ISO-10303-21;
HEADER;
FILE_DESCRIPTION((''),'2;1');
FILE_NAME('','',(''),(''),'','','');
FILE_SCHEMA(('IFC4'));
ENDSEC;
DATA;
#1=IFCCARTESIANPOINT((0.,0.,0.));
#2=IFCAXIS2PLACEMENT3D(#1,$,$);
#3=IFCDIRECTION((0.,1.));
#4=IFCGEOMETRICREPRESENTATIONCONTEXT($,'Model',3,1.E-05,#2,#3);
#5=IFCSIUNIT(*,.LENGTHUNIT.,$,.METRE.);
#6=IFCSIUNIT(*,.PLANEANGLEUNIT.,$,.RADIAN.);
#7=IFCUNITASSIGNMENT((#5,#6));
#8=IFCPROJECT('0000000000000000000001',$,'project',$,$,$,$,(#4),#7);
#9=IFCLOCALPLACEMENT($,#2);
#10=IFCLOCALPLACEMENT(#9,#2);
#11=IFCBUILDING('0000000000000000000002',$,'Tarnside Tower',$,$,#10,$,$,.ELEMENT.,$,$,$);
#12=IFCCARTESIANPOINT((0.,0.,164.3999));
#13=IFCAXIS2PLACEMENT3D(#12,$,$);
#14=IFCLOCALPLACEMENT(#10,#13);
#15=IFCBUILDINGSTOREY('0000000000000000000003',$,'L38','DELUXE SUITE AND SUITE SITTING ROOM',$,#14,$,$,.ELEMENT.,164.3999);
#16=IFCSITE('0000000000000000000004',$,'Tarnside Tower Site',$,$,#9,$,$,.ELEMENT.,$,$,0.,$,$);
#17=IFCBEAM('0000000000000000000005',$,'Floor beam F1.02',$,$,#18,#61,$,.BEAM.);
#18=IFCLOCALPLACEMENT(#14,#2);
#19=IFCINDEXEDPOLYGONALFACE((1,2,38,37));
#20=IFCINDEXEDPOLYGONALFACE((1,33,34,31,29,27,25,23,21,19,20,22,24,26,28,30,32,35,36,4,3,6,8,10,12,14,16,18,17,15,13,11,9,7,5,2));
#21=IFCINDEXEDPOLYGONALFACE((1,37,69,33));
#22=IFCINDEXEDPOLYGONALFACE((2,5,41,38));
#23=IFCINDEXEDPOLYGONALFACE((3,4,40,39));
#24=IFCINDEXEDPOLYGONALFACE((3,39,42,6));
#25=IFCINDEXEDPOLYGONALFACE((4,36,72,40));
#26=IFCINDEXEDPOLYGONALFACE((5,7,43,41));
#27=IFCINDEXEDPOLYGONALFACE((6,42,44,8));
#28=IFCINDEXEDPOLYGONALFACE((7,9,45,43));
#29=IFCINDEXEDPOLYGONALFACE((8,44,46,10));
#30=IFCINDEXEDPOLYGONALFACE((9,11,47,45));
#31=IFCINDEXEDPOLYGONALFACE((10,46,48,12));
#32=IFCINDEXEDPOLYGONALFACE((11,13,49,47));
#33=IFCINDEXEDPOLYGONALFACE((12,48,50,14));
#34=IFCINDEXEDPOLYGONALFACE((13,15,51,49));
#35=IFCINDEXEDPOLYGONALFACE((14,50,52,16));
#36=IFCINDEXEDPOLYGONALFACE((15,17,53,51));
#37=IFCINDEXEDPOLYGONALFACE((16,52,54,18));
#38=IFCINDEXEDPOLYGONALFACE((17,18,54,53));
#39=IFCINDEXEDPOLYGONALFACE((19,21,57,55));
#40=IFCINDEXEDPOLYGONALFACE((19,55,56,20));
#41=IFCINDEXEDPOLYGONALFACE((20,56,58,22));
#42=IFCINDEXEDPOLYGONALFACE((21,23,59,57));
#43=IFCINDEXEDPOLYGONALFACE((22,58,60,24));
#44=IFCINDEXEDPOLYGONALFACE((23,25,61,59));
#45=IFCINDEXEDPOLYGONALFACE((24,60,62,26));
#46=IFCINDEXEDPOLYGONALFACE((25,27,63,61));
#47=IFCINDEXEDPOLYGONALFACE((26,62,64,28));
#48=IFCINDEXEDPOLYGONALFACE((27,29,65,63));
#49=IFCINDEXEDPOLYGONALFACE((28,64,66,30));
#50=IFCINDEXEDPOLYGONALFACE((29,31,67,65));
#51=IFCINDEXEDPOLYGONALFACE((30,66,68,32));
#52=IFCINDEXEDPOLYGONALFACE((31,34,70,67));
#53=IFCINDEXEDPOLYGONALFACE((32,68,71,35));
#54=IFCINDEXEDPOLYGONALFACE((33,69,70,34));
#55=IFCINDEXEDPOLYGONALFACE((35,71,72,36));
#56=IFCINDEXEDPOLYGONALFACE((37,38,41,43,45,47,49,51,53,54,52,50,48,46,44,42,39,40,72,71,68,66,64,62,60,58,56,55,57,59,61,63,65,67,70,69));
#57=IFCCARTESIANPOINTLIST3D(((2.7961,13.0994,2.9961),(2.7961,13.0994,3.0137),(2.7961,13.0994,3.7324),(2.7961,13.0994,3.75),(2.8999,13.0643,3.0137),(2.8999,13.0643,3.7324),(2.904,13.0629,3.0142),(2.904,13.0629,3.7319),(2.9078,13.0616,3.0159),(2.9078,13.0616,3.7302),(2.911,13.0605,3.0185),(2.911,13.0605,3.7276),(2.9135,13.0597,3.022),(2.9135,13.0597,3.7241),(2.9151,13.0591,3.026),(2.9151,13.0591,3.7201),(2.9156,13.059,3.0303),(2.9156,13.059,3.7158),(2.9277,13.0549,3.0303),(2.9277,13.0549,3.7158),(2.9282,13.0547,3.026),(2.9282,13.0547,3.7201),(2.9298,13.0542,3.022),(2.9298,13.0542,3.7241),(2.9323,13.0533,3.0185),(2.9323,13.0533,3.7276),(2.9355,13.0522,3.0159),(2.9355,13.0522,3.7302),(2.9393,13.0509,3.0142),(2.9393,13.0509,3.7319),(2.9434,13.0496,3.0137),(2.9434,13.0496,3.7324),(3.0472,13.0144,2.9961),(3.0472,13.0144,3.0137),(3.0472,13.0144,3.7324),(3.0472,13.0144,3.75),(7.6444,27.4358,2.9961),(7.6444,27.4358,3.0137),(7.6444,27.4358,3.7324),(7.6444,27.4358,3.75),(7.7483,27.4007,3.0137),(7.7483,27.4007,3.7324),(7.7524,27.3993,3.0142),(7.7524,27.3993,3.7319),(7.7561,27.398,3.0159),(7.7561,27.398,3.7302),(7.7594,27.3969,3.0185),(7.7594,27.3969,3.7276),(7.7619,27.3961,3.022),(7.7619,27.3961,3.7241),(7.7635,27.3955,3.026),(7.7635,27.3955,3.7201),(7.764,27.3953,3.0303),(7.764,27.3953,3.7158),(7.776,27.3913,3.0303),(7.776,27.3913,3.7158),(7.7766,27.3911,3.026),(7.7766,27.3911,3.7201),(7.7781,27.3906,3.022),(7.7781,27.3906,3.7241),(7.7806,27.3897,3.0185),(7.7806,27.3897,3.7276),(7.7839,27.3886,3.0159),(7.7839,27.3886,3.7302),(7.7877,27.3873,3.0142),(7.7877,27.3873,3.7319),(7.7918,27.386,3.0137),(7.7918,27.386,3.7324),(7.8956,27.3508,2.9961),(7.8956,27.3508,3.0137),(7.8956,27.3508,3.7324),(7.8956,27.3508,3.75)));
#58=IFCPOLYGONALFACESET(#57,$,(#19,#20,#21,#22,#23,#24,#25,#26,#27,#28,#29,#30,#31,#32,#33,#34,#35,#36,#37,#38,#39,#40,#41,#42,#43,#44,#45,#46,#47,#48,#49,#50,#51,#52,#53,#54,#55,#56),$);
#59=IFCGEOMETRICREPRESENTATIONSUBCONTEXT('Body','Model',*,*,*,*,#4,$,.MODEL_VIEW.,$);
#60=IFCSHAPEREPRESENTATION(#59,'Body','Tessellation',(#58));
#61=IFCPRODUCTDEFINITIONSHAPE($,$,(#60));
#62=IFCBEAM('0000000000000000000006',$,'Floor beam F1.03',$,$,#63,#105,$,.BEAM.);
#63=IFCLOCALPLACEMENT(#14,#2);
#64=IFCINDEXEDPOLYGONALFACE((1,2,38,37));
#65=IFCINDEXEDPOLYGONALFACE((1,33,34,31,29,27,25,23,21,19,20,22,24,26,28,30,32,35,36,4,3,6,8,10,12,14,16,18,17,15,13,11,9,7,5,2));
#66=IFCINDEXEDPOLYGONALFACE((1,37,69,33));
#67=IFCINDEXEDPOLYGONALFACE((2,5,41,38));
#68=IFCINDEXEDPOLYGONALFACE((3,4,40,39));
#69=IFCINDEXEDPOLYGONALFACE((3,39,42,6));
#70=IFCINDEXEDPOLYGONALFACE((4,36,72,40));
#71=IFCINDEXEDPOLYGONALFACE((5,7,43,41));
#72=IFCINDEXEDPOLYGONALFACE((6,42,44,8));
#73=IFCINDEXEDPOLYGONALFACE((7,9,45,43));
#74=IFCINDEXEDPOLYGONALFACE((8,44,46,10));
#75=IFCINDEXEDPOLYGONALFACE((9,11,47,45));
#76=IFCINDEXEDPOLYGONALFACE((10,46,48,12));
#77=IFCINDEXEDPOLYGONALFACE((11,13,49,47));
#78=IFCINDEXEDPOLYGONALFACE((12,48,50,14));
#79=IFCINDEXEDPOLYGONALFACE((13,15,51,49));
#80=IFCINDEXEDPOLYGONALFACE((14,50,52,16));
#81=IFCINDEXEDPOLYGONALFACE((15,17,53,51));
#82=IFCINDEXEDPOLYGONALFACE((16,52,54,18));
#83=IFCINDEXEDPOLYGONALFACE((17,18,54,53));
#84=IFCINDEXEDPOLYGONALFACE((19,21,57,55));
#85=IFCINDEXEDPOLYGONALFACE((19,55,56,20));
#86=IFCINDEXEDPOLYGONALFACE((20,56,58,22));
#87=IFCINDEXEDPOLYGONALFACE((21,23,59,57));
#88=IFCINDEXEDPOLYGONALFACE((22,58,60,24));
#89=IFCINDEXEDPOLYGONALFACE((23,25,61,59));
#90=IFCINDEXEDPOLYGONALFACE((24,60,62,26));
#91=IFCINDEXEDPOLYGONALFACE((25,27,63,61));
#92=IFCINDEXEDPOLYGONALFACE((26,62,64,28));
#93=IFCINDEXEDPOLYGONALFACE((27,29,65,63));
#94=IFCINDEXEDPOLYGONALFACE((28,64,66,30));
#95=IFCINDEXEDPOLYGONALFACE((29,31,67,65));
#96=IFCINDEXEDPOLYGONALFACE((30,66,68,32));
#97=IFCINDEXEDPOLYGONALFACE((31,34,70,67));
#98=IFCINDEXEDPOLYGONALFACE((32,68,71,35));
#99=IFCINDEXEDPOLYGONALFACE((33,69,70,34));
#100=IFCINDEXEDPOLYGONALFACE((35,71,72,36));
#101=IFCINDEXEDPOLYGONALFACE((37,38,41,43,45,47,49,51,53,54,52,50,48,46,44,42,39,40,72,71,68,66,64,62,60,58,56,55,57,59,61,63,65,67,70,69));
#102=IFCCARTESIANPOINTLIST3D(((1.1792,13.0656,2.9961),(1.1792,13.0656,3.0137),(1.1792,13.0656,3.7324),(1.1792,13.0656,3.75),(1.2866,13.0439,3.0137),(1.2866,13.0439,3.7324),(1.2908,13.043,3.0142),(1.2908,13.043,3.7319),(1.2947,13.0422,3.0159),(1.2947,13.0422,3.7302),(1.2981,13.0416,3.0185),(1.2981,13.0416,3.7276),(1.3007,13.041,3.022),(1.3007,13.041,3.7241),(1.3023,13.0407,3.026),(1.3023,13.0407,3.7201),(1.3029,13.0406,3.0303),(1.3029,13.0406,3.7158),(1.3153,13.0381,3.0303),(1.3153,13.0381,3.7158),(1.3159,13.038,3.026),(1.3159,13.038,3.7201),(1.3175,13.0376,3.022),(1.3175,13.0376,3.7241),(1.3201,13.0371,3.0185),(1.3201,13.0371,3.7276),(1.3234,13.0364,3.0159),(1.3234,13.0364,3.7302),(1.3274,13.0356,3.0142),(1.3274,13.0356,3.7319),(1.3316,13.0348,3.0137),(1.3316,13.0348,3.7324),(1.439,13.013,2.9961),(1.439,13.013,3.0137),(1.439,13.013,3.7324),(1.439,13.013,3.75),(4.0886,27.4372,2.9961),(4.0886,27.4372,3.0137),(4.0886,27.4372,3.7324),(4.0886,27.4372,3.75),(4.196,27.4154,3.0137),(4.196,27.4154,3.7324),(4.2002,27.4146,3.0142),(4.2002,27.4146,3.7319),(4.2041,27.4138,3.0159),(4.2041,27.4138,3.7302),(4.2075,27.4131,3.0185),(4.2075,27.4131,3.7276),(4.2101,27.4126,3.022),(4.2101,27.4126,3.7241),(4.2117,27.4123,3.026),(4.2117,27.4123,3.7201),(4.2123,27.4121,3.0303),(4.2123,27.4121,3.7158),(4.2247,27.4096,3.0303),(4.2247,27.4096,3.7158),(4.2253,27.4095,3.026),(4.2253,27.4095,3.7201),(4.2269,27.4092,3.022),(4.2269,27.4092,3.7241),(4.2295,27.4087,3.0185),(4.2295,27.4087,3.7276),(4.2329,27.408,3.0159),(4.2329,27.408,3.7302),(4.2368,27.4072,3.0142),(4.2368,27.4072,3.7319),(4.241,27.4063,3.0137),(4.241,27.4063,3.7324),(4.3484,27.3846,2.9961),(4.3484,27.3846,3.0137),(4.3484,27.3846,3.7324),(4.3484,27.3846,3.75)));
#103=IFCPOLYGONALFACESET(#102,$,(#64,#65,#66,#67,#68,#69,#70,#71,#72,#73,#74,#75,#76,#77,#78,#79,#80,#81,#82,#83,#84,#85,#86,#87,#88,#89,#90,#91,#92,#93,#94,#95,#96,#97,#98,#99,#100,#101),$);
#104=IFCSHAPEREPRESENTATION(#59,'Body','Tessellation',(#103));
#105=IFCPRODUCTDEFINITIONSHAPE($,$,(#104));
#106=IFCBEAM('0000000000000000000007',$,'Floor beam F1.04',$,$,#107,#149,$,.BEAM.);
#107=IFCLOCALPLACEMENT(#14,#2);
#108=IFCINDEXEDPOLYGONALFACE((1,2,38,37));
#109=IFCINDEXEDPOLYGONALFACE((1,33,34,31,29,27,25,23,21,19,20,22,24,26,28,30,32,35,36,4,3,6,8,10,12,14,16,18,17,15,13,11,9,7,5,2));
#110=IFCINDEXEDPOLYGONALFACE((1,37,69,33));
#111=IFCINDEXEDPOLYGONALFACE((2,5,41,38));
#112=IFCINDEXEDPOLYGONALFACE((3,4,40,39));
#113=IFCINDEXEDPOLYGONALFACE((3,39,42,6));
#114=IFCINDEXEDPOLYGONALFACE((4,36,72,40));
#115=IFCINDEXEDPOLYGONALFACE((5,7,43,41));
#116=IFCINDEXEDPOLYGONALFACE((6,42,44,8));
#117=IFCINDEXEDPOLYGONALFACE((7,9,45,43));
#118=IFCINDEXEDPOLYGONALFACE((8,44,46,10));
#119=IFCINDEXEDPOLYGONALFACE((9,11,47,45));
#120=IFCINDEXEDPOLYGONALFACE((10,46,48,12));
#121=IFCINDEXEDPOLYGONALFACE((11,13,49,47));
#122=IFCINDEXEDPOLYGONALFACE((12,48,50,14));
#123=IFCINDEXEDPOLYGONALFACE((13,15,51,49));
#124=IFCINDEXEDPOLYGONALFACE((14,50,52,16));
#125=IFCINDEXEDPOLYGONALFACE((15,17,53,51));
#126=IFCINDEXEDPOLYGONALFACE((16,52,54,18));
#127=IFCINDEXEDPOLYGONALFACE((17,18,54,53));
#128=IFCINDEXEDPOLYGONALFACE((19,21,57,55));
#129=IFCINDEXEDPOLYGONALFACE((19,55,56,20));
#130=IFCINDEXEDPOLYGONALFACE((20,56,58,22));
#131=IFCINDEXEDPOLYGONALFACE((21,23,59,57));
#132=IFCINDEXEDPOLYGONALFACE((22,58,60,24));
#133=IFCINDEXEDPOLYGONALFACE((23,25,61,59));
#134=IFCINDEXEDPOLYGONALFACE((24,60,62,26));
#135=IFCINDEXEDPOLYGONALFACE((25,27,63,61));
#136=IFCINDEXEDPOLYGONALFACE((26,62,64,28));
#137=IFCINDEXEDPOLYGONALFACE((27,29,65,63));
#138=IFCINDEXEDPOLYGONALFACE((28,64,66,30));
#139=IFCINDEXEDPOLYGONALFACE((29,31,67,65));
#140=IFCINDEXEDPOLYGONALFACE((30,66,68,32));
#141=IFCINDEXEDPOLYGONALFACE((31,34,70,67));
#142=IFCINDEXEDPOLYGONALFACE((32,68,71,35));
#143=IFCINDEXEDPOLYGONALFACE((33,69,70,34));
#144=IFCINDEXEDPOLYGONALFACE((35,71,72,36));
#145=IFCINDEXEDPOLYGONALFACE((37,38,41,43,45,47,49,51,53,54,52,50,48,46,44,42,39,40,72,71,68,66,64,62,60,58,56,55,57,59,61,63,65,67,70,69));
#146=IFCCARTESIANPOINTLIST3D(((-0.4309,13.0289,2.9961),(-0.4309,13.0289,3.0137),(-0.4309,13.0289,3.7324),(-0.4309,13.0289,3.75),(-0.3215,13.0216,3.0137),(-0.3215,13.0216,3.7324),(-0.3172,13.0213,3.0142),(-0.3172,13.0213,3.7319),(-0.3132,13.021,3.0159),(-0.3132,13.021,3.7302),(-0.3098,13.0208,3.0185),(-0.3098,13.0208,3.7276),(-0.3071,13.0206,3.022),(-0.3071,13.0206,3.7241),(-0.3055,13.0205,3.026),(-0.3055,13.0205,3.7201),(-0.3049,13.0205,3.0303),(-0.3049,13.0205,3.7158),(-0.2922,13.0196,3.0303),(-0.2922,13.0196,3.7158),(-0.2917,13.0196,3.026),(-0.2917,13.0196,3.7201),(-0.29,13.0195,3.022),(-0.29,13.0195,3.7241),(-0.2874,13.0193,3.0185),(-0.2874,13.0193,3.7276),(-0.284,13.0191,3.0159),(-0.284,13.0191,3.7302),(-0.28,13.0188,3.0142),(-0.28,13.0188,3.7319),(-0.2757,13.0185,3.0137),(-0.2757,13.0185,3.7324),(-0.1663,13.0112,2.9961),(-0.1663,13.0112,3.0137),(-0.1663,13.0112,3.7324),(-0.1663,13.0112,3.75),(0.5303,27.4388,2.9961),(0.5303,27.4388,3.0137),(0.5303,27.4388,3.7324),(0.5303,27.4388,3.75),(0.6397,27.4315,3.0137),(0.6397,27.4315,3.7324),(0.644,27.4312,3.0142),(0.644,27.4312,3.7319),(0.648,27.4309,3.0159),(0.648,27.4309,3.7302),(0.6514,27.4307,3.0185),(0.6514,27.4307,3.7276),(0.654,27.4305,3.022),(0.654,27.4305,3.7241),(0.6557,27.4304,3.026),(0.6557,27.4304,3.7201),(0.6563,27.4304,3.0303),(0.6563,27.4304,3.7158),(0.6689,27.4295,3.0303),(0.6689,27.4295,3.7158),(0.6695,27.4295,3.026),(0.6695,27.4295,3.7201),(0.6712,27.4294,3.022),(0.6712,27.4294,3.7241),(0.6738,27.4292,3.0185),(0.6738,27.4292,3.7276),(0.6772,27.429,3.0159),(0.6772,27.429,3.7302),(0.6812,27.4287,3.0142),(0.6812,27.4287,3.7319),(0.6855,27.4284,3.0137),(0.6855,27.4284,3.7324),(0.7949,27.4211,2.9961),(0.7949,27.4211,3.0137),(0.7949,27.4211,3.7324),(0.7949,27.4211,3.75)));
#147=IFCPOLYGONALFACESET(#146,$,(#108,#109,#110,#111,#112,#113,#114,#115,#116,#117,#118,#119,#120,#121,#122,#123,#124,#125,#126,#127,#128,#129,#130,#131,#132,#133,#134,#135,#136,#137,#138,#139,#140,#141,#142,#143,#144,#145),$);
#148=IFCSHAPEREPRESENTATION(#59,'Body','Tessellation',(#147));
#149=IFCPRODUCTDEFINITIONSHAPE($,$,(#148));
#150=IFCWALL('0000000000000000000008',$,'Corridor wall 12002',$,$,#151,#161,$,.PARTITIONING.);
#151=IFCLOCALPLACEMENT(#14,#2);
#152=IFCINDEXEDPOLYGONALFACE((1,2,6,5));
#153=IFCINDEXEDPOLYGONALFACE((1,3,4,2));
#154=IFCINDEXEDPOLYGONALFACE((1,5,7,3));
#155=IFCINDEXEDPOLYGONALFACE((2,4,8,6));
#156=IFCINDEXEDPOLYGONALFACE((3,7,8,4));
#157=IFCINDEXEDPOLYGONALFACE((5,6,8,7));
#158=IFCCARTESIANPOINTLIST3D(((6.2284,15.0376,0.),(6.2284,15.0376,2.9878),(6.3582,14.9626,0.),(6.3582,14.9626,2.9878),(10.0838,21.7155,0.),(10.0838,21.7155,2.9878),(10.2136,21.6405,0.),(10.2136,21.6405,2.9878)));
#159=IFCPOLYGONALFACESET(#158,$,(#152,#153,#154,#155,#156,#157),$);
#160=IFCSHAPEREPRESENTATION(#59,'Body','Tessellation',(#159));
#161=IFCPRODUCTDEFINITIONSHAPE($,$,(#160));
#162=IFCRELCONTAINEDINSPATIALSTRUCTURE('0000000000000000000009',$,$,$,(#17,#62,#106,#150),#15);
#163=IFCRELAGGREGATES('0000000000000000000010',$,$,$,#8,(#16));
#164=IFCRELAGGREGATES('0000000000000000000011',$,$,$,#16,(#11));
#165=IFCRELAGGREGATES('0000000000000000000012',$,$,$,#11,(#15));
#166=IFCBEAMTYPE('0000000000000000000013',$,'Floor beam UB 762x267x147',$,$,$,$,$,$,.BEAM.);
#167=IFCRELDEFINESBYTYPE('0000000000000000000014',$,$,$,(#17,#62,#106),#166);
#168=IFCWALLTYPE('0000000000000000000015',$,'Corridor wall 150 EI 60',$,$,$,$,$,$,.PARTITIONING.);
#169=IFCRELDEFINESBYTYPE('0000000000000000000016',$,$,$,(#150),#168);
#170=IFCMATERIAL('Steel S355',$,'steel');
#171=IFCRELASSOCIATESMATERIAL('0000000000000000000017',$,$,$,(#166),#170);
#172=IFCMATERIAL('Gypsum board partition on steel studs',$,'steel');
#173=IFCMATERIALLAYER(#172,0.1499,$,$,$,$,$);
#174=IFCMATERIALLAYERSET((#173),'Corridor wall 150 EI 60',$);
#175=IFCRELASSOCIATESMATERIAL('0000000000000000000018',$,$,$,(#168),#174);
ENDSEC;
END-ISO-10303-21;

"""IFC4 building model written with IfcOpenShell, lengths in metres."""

from ifc_helpers import new_model, si_unit, direction, frame, frame_2d, origin, origin_2d, place, context, subcontext, project, spatial, rectangle, i_section, extrude, material, layer, layer_set, material_profile, profile_set, type_object, element, save


model = new_model("IFC4")

# Units and contexts
model_context = context("Model", 3, precision=1e-05, world=origin(), true_north=direction((0.0, 1.0)))
body_context = subcontext(model_context, "Body", "Model", "MODEL_VIEW")
ifc_project = project(units=[si_unit("LENGTHUNIT", "METRE"), si_unit("PLANEANGLEUNIT", "RADIAN")], contexts=[model_context])

# Site, building, storey
site_placement = place(None, origin())
site = spatial("IfcSite", under=ifc_project, at=site_placement, Name="Tarnside Tower Site", CompositionType="ELEMENT", RefElevation=0.0)
building_placement = place(site_placement, origin())
building = spatial("IfcBuilding", under=site, at=building_placement, Name="Tarnside Tower", CompositionType="ELEMENT")
storey_placement = place(building_placement, frame((0.0, 0.0, 164.3999)))
storey = spatial("IfcBuildingStorey", under=building, at=storey_placement, Name="L38", Description="DELUXE SUITE AND SUITE SITTING ROOM", CompositionType="ELEMENT", Elevation=164.3999)

# Beams
ifc_material_1 = material(Name="Steel S355", Category="steel")
ifc_material_profile = material_profile(ifc_material_1, i_section(OverallWidth=0.2651, OverallDepth=0.7539, WebThickness=0.0127, FlangeThickness=0.0176, FilletRadius=0.0166, at=origin_2d()), Name="UB 762x267x147")
ifc_profile_set = profile_set([ifc_material_profile], Name="Steel S355")
beam_type = type_object("IfcBeamType", Name="Floor beam UB 762x267x147", PredefinedType="BEAM", material=ifc_profile_set)
beam_1_placement = place(storey_placement, frame((7.77, 27.3933, 3.373), z_axis=(-0.320363, -0.947295, 0.0), x_axis=(0.947295, -0.320363, 0.0)))
element("IfcBeam", 1, at=beam_1_placement, inside=storey, type_object=beam_type, Name="Floor beam F1.02", PredefinedType="BEAM", context=body_context, shape_type="SweptSolid", body=[
    extrude(i_section(OverallWidth=0.2651, OverallDepth=0.7539, WebThickness=0.0127, FlangeThickness=0.0176, FilletRadius=0.0166, at=origin_2d()), origin(), (0.0, 0.0, 1.0), 15.134),
])
beam_2_placement = place(storey_placement, frame((4.2185, 27.4109, 3.373), z_axis=(-0.198418, -0.980118, 0.0), x_axis=(0.980118, -0.198418, 0.0)))
element("IfcBeam", 2, at=beam_2_placement, inside=storey, type_object=beam_type, Name="Floor beam F1.03", PredefinedType="BEAM", context=body_context, shape_type="SweptSolid", body=[
    extrude(i_section(OverallWidth=0.2651, OverallDepth=0.7539, WebThickness=0.0127, FlangeThickness=0.0176, FilletRadius=0.0166, at=origin_2d()), origin(), (0.0, 0.0, 1.0), 14.6631),
])
beam_3_placement = place(storey_placement, frame((0.6626, 27.4299, 3.373), z_axis=(-0.066555, -0.997783, 0.0), x_axis=(0.997783, -0.066555, 0.0)))
element("IfcBeam", 3, at=beam_3_placement, inside=storey, type_object=beam_type, Name="Floor beam F1.04", PredefinedType="BEAM", context=body_context, shape_type="SweptSolid", body=[
    extrude(i_section(OverallWidth=0.2651, OverallDepth=0.7539, WebThickness=0.0127, FlangeThickness=0.0176, FilletRadius=0.0166, at=origin_2d()), origin(), (0.0, 0.0, 1.0), 14.4419),
])

# Wall
ifc_material_2 = material(Name="Gypsum board partition on steel studs", Category="steel")
ifc_layer_1 = layer(ifc_material_2, 0.1499)
ifc_layer_set_1 = layer_set([ifc_layer_1], Name="Corridor wall 150 EI 60")
wall_type = type_object("IfcWallType", Name="Corridor wall 150 EI 60", PredefinedType="PARTITIONING", material=ifc_layer_set_1)
wall_1_placement = place(storey_placement, frame((10.1487, 21.678, 0.0), z_axis=(0.0, 0.0, 1.0), x_axis=(-0.499994, -0.866029, 0.0)))
element("IfcWall", 4, at=wall_1_placement, inside=storey, type_object=wall_type, Name="Corridor wall 12002", PredefinedType="PARTITIONING", context=body_context, shape_type="SweptSolid", body=[
    extrude(rectangle(XDim=7.7109, YDim=0.1499, at=frame_2d((3.8555, 0.0))), origin(), (0.0, 0.0, 1.0), 2.9878),
])

save(model, "model.ifc")
